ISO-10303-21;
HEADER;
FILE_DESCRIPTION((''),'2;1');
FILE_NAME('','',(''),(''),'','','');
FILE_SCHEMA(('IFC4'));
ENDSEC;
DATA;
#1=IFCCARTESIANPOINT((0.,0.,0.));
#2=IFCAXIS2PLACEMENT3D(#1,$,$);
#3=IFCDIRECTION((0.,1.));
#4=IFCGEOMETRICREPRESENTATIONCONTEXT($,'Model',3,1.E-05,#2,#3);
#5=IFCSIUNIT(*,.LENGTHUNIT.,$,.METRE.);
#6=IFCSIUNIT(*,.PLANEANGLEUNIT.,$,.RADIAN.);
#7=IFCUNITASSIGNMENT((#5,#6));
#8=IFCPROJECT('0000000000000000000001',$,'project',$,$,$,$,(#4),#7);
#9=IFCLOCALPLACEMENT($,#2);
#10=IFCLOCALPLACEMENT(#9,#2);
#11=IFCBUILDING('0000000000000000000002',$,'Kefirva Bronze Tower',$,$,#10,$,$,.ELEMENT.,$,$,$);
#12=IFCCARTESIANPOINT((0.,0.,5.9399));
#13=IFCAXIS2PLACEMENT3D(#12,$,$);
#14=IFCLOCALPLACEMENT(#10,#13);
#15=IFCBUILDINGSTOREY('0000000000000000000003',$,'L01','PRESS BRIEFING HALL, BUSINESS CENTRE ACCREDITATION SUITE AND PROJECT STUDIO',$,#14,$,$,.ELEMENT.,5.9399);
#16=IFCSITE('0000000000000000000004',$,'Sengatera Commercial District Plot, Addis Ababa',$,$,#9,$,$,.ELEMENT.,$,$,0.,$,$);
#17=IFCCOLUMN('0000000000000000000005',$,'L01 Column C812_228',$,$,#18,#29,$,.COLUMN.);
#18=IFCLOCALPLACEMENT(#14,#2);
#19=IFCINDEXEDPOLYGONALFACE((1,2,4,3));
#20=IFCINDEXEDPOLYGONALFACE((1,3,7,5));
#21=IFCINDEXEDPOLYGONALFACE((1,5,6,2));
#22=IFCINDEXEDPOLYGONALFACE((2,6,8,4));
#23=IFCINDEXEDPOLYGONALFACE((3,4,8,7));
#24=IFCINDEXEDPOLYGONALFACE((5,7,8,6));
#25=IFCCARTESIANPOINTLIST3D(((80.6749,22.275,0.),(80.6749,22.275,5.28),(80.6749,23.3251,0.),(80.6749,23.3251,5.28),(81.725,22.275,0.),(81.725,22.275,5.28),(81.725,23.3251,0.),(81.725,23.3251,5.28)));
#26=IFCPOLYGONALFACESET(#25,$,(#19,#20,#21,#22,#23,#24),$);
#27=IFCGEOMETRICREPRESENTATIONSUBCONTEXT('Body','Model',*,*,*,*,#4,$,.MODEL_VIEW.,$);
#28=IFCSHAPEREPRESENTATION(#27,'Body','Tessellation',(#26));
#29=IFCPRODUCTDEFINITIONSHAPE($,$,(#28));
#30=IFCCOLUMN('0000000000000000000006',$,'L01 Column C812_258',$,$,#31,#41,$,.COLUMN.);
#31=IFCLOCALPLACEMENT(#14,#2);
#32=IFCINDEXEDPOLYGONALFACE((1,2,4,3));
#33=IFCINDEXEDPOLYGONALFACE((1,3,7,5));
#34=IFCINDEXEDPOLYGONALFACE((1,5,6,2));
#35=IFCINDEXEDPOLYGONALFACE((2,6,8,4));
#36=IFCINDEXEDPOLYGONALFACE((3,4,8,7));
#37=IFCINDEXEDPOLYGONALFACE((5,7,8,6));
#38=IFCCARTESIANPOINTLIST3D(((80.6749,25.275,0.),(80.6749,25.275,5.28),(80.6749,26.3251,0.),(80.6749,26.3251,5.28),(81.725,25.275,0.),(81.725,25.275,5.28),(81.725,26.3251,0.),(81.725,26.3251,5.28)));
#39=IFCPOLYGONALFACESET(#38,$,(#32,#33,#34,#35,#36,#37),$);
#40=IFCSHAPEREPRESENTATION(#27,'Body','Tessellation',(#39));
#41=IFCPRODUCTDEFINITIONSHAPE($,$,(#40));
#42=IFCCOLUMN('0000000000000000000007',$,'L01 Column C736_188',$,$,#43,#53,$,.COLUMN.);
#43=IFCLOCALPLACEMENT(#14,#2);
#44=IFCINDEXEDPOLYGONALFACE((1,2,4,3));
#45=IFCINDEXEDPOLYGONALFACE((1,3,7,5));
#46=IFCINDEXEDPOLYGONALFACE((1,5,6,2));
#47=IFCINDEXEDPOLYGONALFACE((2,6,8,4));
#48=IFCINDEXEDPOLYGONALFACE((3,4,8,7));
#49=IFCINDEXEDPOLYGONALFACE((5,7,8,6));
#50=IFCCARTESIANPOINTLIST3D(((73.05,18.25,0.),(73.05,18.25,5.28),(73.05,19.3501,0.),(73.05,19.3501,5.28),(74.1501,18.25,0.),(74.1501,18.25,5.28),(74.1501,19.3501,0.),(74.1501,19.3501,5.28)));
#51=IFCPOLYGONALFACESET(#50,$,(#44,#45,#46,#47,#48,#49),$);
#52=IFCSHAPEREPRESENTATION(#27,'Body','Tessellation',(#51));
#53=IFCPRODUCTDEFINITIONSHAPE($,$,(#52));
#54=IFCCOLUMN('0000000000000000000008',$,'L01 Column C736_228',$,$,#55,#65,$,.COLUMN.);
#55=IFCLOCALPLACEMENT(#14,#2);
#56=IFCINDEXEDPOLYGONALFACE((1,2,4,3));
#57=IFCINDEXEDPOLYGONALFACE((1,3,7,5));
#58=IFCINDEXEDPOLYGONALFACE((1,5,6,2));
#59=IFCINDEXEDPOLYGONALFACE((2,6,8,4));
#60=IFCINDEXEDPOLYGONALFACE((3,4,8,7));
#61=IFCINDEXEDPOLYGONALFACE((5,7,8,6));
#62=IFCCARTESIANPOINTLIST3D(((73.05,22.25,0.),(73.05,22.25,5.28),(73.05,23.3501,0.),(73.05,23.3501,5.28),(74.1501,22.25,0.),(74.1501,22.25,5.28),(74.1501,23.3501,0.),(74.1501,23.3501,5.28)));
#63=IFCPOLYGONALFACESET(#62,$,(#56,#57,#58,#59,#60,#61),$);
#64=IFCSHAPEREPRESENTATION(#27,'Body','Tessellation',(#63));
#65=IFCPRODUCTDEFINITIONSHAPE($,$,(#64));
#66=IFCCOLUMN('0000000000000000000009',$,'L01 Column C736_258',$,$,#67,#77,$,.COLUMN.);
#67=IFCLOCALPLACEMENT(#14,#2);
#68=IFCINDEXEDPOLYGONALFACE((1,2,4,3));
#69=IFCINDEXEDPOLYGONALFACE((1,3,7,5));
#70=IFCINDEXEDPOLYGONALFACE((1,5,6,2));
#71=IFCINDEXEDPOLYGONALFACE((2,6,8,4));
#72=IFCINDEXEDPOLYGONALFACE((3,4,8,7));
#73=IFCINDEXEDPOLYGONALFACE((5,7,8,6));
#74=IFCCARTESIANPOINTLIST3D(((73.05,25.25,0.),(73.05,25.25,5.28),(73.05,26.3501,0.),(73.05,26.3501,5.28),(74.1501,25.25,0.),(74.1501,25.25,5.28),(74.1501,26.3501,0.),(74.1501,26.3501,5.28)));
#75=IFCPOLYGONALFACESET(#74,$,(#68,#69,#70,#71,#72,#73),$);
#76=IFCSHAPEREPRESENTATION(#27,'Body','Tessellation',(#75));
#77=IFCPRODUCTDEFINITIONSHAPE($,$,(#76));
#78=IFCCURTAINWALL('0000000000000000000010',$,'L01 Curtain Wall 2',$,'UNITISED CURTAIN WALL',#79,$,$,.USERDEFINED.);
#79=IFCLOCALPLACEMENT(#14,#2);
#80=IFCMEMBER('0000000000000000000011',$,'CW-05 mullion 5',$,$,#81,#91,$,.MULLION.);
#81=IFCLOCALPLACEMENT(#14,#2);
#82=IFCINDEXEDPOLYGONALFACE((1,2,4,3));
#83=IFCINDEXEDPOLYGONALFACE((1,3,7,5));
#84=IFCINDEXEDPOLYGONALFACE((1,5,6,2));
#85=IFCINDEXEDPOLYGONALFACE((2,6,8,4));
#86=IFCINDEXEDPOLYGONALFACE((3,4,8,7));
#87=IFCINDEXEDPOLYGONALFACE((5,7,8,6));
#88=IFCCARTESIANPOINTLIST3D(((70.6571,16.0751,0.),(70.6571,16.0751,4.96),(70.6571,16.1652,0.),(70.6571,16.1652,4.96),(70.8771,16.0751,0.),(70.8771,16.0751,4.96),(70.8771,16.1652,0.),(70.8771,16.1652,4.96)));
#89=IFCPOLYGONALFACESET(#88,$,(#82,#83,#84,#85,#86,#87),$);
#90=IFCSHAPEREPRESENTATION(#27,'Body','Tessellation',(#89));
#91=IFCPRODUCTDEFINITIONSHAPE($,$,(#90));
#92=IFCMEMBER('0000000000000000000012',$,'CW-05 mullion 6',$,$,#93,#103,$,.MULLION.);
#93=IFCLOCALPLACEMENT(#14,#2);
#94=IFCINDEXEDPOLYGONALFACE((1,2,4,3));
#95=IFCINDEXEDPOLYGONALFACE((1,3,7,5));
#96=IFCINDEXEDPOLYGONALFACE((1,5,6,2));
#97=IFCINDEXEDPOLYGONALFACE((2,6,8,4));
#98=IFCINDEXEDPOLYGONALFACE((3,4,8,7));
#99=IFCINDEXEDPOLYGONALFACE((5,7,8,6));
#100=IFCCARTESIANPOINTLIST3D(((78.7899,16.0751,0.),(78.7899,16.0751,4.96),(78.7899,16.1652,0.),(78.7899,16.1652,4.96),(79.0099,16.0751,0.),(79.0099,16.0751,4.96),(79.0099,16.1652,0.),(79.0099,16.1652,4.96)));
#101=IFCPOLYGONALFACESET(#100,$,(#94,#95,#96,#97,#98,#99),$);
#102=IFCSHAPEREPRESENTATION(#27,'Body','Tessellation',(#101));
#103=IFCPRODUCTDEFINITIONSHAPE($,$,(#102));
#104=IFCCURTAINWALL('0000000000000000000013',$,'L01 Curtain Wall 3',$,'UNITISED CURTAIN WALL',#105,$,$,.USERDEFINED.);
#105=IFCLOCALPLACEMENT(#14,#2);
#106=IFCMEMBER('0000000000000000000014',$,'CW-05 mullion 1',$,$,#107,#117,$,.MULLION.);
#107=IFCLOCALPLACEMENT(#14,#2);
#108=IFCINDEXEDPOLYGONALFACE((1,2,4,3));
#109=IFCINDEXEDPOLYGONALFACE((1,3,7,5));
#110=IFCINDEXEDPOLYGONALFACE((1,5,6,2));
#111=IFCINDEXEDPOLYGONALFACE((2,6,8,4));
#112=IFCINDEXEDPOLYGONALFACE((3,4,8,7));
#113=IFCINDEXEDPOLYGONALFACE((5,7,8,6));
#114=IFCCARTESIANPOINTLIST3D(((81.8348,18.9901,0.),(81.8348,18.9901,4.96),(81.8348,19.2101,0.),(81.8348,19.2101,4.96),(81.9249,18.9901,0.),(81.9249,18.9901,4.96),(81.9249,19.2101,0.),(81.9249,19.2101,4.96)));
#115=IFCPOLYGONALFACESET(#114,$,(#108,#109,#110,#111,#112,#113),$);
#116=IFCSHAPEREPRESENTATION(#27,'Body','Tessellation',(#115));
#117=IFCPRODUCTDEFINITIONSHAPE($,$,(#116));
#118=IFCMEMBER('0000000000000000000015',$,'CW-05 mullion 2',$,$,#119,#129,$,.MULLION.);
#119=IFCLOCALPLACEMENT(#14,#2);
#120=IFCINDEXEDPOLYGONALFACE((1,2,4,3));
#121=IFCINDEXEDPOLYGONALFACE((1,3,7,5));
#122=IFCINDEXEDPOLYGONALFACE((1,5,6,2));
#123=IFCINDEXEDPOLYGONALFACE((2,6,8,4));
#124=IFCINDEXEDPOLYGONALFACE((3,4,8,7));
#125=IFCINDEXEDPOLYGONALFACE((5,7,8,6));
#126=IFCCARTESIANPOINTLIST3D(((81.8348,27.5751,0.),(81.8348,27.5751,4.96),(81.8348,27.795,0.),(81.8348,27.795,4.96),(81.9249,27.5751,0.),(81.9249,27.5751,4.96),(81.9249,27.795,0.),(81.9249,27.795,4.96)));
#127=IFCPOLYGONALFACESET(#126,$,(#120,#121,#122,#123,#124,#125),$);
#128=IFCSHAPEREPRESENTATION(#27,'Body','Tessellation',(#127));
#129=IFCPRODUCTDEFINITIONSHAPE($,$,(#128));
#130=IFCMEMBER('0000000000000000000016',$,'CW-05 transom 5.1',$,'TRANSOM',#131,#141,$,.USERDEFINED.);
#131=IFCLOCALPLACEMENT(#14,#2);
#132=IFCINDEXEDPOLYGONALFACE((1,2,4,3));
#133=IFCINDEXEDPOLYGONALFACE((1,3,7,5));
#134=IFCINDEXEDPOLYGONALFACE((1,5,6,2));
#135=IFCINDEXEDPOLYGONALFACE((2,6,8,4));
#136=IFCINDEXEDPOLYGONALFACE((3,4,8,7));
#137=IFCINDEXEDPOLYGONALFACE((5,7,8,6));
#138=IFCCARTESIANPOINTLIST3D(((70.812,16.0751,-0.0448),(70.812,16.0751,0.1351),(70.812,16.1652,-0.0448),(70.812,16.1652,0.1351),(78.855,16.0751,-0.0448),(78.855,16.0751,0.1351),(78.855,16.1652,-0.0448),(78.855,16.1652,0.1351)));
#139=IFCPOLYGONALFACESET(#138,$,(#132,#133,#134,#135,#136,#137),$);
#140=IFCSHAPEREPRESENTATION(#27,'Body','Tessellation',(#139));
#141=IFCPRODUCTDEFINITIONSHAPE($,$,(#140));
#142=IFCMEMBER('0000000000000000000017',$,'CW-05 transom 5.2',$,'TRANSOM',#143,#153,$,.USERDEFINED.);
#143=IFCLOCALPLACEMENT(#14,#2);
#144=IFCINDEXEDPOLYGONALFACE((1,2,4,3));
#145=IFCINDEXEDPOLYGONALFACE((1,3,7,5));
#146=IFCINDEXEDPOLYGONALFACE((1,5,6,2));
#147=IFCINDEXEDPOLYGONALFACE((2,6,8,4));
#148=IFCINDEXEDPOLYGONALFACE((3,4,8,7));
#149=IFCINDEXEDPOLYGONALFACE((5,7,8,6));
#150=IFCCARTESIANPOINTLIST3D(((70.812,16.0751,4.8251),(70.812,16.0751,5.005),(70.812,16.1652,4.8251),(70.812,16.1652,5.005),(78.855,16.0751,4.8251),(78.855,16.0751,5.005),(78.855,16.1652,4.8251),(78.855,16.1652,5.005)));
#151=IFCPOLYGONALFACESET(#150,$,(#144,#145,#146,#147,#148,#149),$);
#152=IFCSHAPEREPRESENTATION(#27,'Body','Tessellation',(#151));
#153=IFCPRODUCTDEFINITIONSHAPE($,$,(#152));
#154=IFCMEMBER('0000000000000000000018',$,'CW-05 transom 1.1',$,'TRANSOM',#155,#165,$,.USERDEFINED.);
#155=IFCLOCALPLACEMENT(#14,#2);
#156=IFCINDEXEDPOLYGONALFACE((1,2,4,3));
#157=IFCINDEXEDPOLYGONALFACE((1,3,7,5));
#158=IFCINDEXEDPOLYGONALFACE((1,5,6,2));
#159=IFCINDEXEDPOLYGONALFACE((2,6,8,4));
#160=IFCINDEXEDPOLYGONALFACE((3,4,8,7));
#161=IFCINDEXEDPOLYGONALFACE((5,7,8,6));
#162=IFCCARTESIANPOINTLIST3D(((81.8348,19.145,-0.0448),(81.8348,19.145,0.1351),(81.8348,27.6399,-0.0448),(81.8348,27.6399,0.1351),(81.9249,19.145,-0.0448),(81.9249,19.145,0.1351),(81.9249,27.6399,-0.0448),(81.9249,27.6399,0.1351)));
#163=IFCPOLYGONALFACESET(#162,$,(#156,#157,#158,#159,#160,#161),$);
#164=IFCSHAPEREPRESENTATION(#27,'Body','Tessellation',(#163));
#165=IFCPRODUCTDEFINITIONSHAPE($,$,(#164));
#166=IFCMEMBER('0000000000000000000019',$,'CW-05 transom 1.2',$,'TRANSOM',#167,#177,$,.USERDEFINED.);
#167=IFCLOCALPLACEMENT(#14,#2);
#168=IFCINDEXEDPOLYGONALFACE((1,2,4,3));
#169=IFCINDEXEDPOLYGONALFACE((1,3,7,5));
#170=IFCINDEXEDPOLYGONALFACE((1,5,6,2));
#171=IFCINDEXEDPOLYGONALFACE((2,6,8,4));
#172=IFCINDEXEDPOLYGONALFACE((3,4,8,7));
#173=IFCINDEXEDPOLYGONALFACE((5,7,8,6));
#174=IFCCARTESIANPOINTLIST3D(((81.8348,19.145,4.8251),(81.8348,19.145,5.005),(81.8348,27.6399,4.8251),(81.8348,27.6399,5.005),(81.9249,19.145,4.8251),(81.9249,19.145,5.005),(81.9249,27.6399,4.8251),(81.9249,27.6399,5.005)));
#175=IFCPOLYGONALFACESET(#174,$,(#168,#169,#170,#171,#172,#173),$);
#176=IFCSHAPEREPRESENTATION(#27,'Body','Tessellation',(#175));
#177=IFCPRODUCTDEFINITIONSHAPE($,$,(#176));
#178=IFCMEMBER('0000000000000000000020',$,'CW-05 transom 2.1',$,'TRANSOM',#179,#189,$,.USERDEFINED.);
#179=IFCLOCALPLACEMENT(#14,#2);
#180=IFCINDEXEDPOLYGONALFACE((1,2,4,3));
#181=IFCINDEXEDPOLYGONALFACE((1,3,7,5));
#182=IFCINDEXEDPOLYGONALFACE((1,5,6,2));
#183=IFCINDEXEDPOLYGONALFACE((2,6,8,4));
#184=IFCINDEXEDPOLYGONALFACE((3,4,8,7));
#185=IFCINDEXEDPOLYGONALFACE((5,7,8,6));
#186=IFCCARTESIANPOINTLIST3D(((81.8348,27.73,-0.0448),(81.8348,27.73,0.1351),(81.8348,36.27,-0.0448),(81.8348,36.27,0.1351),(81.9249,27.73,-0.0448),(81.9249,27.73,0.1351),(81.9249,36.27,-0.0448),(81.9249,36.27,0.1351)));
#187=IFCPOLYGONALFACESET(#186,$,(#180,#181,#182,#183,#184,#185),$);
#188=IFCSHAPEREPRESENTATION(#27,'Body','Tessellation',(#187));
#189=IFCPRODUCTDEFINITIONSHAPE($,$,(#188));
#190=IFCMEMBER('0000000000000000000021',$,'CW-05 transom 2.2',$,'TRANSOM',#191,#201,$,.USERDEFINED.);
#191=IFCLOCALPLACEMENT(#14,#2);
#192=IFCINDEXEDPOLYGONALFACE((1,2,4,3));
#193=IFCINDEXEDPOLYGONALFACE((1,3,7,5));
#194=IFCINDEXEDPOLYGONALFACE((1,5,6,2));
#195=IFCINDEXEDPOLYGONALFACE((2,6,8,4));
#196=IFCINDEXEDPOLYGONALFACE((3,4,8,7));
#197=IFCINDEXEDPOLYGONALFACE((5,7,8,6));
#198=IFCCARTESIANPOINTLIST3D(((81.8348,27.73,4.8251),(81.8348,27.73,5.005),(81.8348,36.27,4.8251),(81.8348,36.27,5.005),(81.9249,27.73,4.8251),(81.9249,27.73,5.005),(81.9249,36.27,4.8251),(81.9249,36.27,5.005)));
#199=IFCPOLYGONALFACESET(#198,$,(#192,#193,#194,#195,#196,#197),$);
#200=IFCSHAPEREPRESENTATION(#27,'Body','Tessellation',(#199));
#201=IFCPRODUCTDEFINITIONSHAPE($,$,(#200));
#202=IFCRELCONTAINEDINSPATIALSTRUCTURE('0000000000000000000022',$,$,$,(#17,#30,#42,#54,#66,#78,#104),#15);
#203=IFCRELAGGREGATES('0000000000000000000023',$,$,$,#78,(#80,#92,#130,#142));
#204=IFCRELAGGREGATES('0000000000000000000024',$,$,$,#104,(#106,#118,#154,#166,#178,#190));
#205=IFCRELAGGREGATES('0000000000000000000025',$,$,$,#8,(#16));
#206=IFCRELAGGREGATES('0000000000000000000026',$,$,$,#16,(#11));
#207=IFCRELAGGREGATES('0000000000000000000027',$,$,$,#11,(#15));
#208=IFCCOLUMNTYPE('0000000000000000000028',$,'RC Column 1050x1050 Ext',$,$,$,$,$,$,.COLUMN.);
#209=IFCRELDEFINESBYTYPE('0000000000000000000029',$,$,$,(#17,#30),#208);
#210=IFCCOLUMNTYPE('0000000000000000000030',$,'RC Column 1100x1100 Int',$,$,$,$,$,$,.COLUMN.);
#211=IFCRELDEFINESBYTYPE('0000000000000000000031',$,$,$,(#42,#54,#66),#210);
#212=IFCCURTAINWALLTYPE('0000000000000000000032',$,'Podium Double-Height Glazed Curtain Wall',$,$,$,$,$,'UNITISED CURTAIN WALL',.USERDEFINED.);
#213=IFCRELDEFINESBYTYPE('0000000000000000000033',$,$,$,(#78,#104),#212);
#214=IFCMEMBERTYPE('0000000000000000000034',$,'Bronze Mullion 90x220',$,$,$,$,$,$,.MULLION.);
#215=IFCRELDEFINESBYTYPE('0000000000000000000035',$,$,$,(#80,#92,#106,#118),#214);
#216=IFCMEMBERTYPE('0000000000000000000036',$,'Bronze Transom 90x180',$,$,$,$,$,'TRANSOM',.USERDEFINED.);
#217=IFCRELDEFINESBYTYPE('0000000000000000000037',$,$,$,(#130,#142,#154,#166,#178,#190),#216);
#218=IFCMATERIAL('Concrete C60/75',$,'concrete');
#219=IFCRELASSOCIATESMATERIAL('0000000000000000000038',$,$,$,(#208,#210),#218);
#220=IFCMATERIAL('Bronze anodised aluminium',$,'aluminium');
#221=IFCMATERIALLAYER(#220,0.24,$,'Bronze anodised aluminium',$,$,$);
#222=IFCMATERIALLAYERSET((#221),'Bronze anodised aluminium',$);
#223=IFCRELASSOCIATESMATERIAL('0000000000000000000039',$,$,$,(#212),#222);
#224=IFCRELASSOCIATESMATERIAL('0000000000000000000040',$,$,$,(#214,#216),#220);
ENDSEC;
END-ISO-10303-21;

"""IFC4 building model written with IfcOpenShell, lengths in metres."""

from ifc_helpers import new_model, si_unit, direction, frame, origin, origin_2d, place, context, subcontext, project, spatial, rectangle, extrude, material, layer, layer_set, material_profile, profile_set, type_object, element, aggregate, save


model = new_model("IFC4")

# Units and contexts
model_context = context("Model", 3, precision=1e-05, world=origin(), true_north=direction((0.0, 1.0)))
body_context = subcontext(model_context, "Body", "Model", "MODEL_VIEW")
ifc_project = project(units=[si_unit("LENGTHUNIT", "METRE"), si_unit("PLANEANGLEUNIT", "RADIAN")], contexts=[model_context])

# Site, building, storey
site_placement = place(None, origin())
site = spatial("IfcSite", under=ifc_project, at=site_placement, Name="Sengatera Commercial District Plot, Addis Ababa", CompositionType="ELEMENT", RefElevation=0.0)
building_placement = place(site_placement, origin())
building = spatial("IfcBuilding", under=site, at=building_placement, Name="Kefirva Bronze Tower", CompositionType="ELEMENT")
storey_placement = place(building_placement, frame((0.0, 0.0, 5.9399)))
storey = spatial("IfcBuildingStorey", under=building, at=storey_placement, Name="L01", Description="PRESS BRIEFING HALL, BUSINESS CENTRE ACCREDITATION SUITE AND PROJECT STUDIO", CompositionType="ELEMENT", Elevation=5.9399)

# Columns
ifc_material_1 = material(Name="Concrete C60/75", Category="concrete")
ifc_material_profile_1 = material_profile(ifc_material_1, rectangle(XDim=1.05, YDim=1.05, at=origin_2d()), Name="RC 1050x1050")
ifc_profile_set_1 = profile_set([ifc_material_profile_1], Name="Concrete C60/75")
column_type_1 = type_object("IfcColumnType", Name="RC Column 1050x1050 Ext", PredefinedType="COLUMN", material=ifc_profile_set_1)
for number, where, z_axis, x_axis, name in (
    (1, (81.2, 22.8, 0.0), (0.0, 0.0, 1.0), (1.0, 0.0, 0.0), "L01 Column C812_228"),
    (2, (81.2, 25.8, 0.0), (0.0, 0.0, 1.0), (1.0, 0.0, 0.0), "L01 Column C812_258"),
):
    element("IfcColumn", number, at=place(storey_placement, frame(where, z_axis=z_axis, x_axis=x_axis)), inside=storey, type_object=column_type_1, Name=name, PredefinedType="COLUMN", context=body_context, shape_type="SweptSolid", body=[
        extrude(rectangle(XDim=1.05, YDim=1.05, at=origin_2d()), origin(), (0.0, 0.0, 1.0), 5.28),
    ])
ifc_material_profile_2 = material_profile(ifc_material_1, rectangle(XDim=1.1001, YDim=1.1001, at=origin_2d()), Name="RC 1100x1100")
ifc_profile_set_2 = profile_set([ifc_material_profile_2], Name="Concrete C60/75")
column_type_2 = type_object("IfcColumnType", Name="RC Column 1100x1100 Int", PredefinedType="COLUMN", material=ifc_profile_set_2)
for number, where, z_axis, x_axis, name in (
    (3, (73.6001, 18.8, 0.0), (0.0, 0.0, 1.0), (1.0, 0.0, 0.0), "L01 Column C736_188"),
    (4, (73.6001, 22.8, 0.0), (0.0, 0.0, 1.0), (1.0, 0.0, 0.0), "L01 Column C736_228"),
    (5, (73.6001, 25.8, 0.0), (0.0, 0.0, 1.0), (1.0, 0.0, 0.0), "L01 Column C736_258"),
):
    element("IfcColumn", number, at=place(storey_placement, frame(where, z_axis=z_axis, x_axis=x_axis)), inside=storey, type_object=column_type_2, Name=name, PredefinedType="COLUMN", context=body_context, shape_type="SweptSolid", body=[
        extrude(rectangle(XDim=1.1001, YDim=1.1001, at=origin_2d()), origin(), (0.0, 0.0, 1.0), 5.28),
    ])

# Curtain walls, members
ifc_material_2 = material(Name="Bronze anodised aluminium", Category="aluminium")
ifc_layer_1 = layer(ifc_material_2, 0.24, Name="Bronze anodised aluminium")
ifc_layer_set_1 = layer_set([ifc_layer_1], Name="Bronze anodised aluminium")
curtain_wall_type = type_object("IfcCurtainWallType", Name="Podium Double-Height Glazed Curtain Wall", ElementType="UNITISED CURTAIN WALL", PredefinedType="USERDEFINED", material=ifc_layer_set_1)
curtain_wall_1_placement = place(storey_placement, origin())
curtain_wall_1 = element("IfcCurtainWall", 6, at=curtain_wall_1_placement, inside=storey, type_object=curtain_wall_type, Name="L01 Curtain Wall 2", ObjectType="UNITISED CURTAIN WALL", PredefinedType="USERDEFINED")
ifc_material_profile_3 = material_profile(ifc_material_2, rectangle(XDim=0.0901, YDim=0.22, at=origin_2d()), Name="ALU 90x220")
ifc_profile_set_3 = profile_set([ifc_material_profile_3], Name="Bronze anodised aluminium")
member_type_1 = type_object("IfcMemberType", Name="Bronze Mullion 90x220", PredefinedType="MULLION", material=ifc_profile_set_3)
member_1_placement = place(storey_placement, frame((70.7671, 16.1201, 0.0), z_axis=(0.0, 0.0, 1.0), x_axis=(0.0, 1.0, 0.0)))
member_1 = element("IfcMember", 7, at=member_1_placement, type_object=member_type_1, Name="CW-05 mullion 5", PredefinedType="MULLION", context=body_context, shape_type="SweptSolid", body=[
    extrude(rectangle(XDim=0.0901, YDim=0.22, at=origin_2d()), origin(), (0.0, 0.0, 1.0), 4.96),
])
member_2_placement = place(storey_placement, frame((78.8999, 16.1201, 0.0), z_axis=(0.0, 0.0, 1.0), x_axis=(0.0, 1.0, 0.0)))
member_2 = element("IfcMember", 8, at=member_2_placement, type_object=member_type_1, Name="CW-05 mullion 6", PredefinedType="MULLION", context=body_context, shape_type="SweptSolid", body=[
    extrude(rectangle(XDim=0.0901, YDim=0.22, at=origin_2d()), origin(), (0.0, 0.0, 1.0), 4.96),
])
curtain_wall_2_placement = place(storey_placement, origin())
curtain_wall_2 = element("IfcCurtainWall", 9, at=curtain_wall_2_placement, inside=storey, type_object=curtain_wall_type, Name="L01 Curtain Wall 3", ObjectType="UNITISED CURTAIN WALL", PredefinedType="USERDEFINED")
member_3_placement = place(storey_placement, frame((81.8799, 19.1001, 0.0), z_axis=(0.0, 0.0, 1.0), x_axis=(-1.0, 0.0, 0.0)))
member_3 = element("IfcMember", 10, at=member_3_placement, type_object=member_type_1, Name="CW-05 mullion 1", PredefinedType="MULLION", context=body_context, shape_type="SweptSolid", body=[
    extrude(rectangle(XDim=0.0901, YDim=0.22, at=origin_2d()), origin(), (0.0, 0.0, 1.0), 4.96),
])
member_4_placement = place(storey_placement, frame((81.8799, 27.6851, 0.0), z_axis=(0.0, 0.0, 1.0), x_axis=(-1.0, 0.0, 0.0)))
member_4 = element("IfcMember", 11, at=member_4_placement, type_object=member_type_1, Name="CW-05 mullion 2", PredefinedType="MULLION", context=body_context, shape_type="SweptSolid", body=[
    extrude(rectangle(XDim=0.0901, YDim=0.22, at=origin_2d()), origin(), (0.0, 0.0, 1.0), 4.96),
])

# Members
ifc_material_profile_4 = material_profile(ifc_material_2, rectangle(XDim=0.0901, YDim=0.1799, at=origin_2d()), Name="ALU 90x180")
ifc_profile_set_4 = profile_set([ifc_material_profile_4], Name="Bronze anodised aluminium")
member_type_2 = type_object("IfcMemberType", Name="Bronze Transom 90x180", ElementType="TRANSOM", PredefinedType="USERDEFINED", material=ifc_profile_set_4)
member_5_placement = place(storey_placement, frame((70.812, 16.1201, 0.0452), z_axis=(1.0, 0.0, 0.0), x_axis=(0.0, 1.0, 0.0)))
member_5 = element("IfcMember", 12, at=member_5_placement, type_object=member_type_2, Name="CW-05 transom 5.1", ObjectType="TRANSOM", PredefinedType="USERDEFINED", context=body_context, shape_type="SweptSolid", body=[
    extrude(rectangle(XDim=0.0901, YDim=0.1799, at=origin_2d()), origin(), (0.0, 0.0, 1.0), 8.043),
])
member_6_placement = place(storey_placement, frame((70.812, 16.1201, 4.915), z_axis=(1.0, 0.0, 0.0), x_axis=(0.0, 1.0, 0.0)))
member_6 = element("IfcMember", 13, at=member_6_placement, type_object=member_type_2, Name="CW-05 transom 5.2", ObjectType="TRANSOM", PredefinedType="USERDEFINED", context=body_context, shape_type="SweptSolid", body=[
    extrude(rectangle(XDim=0.0901, YDim=0.1799, at=origin_2d()), origin(), (0.0, 0.0, 1.0), 8.043),
])
member_7_placement = place(storey_placement, frame((81.8799, 19.145, 0.0452), z_axis=(0.0, 1.0, 0.0), x_axis=(-1.0, 0.0, 0.0)))
member_7 = element("IfcMember", 14, at=member_7_placement, type_object=member_type_2, Name="CW-05 transom 1.1", ObjectType="TRANSOM", PredefinedType="USERDEFINED", context=body_context, shape_type="SweptSolid", body=[
    extrude(rectangle(XDim=0.0901, YDim=0.1799, at=origin_2d()), origin(), (0.0, 0.0, 1.0), 8.4949),
])
member_8_placement = place(storey_placement, frame((81.8799, 19.145, 4.915), z_axis=(0.0, 1.0, 0.0), x_axis=(-1.0, 0.0, 0.0)))
member_8 = element("IfcMember", 15, at=member_8_placement, type_object=member_type_2, Name="CW-05 transom 1.2", ObjectType="TRANSOM", PredefinedType="USERDEFINED", context=body_context, shape_type="SweptSolid", body=[
    extrude(rectangle(XDim=0.0901, YDim=0.1799, at=origin_2d()), origin(), (0.0, 0.0, 1.0), 8.4949),
])
member_9_placement = place(storey_placement, frame((81.8799, 27.73, 0.0452), z_axis=(0.0, 1.0, 0.0), x_axis=(-1.0, 0.0, 0.0)))
member_9 = element("IfcMember", 16, at=member_9_placement, type_object=member_type_2, Name="CW-05 transom 2.1", ObjectType="TRANSOM", PredefinedType="USERDEFINED", context=body_context, shape_type="SweptSolid", body=[
    extrude(rectangle(XDim=0.0901, YDim=0.1799, at=origin_2d()), origin(), (0.0, 0.0, 1.0), 8.54),
])
member_10_placement = place(storey_placement, frame((81.8799, 27.73, 4.915), z_axis=(0.0, 1.0, 0.0), x_axis=(-1.0, 0.0, 0.0)))
member_10 = element("IfcMember", 17, at=member_10_placement, type_object=member_type_2, Name="CW-05 transom 2.2", ObjectType="TRANSOM", PredefinedType="USERDEFINED", context=body_context, shape_type="SweptSolid", body=[
    extrude(rectangle(XDim=0.0901, YDim=0.1799, at=origin_2d()), origin(), (0.0, 0.0, 1.0), 8.54),
])

aggregate(curtain_wall_1, [member_1, member_2, member_5, member_6])
aggregate(curtain_wall_2, [member_3, member_4, member_7, member_8, member_9, member_10])

save(model, "model.ifc")
